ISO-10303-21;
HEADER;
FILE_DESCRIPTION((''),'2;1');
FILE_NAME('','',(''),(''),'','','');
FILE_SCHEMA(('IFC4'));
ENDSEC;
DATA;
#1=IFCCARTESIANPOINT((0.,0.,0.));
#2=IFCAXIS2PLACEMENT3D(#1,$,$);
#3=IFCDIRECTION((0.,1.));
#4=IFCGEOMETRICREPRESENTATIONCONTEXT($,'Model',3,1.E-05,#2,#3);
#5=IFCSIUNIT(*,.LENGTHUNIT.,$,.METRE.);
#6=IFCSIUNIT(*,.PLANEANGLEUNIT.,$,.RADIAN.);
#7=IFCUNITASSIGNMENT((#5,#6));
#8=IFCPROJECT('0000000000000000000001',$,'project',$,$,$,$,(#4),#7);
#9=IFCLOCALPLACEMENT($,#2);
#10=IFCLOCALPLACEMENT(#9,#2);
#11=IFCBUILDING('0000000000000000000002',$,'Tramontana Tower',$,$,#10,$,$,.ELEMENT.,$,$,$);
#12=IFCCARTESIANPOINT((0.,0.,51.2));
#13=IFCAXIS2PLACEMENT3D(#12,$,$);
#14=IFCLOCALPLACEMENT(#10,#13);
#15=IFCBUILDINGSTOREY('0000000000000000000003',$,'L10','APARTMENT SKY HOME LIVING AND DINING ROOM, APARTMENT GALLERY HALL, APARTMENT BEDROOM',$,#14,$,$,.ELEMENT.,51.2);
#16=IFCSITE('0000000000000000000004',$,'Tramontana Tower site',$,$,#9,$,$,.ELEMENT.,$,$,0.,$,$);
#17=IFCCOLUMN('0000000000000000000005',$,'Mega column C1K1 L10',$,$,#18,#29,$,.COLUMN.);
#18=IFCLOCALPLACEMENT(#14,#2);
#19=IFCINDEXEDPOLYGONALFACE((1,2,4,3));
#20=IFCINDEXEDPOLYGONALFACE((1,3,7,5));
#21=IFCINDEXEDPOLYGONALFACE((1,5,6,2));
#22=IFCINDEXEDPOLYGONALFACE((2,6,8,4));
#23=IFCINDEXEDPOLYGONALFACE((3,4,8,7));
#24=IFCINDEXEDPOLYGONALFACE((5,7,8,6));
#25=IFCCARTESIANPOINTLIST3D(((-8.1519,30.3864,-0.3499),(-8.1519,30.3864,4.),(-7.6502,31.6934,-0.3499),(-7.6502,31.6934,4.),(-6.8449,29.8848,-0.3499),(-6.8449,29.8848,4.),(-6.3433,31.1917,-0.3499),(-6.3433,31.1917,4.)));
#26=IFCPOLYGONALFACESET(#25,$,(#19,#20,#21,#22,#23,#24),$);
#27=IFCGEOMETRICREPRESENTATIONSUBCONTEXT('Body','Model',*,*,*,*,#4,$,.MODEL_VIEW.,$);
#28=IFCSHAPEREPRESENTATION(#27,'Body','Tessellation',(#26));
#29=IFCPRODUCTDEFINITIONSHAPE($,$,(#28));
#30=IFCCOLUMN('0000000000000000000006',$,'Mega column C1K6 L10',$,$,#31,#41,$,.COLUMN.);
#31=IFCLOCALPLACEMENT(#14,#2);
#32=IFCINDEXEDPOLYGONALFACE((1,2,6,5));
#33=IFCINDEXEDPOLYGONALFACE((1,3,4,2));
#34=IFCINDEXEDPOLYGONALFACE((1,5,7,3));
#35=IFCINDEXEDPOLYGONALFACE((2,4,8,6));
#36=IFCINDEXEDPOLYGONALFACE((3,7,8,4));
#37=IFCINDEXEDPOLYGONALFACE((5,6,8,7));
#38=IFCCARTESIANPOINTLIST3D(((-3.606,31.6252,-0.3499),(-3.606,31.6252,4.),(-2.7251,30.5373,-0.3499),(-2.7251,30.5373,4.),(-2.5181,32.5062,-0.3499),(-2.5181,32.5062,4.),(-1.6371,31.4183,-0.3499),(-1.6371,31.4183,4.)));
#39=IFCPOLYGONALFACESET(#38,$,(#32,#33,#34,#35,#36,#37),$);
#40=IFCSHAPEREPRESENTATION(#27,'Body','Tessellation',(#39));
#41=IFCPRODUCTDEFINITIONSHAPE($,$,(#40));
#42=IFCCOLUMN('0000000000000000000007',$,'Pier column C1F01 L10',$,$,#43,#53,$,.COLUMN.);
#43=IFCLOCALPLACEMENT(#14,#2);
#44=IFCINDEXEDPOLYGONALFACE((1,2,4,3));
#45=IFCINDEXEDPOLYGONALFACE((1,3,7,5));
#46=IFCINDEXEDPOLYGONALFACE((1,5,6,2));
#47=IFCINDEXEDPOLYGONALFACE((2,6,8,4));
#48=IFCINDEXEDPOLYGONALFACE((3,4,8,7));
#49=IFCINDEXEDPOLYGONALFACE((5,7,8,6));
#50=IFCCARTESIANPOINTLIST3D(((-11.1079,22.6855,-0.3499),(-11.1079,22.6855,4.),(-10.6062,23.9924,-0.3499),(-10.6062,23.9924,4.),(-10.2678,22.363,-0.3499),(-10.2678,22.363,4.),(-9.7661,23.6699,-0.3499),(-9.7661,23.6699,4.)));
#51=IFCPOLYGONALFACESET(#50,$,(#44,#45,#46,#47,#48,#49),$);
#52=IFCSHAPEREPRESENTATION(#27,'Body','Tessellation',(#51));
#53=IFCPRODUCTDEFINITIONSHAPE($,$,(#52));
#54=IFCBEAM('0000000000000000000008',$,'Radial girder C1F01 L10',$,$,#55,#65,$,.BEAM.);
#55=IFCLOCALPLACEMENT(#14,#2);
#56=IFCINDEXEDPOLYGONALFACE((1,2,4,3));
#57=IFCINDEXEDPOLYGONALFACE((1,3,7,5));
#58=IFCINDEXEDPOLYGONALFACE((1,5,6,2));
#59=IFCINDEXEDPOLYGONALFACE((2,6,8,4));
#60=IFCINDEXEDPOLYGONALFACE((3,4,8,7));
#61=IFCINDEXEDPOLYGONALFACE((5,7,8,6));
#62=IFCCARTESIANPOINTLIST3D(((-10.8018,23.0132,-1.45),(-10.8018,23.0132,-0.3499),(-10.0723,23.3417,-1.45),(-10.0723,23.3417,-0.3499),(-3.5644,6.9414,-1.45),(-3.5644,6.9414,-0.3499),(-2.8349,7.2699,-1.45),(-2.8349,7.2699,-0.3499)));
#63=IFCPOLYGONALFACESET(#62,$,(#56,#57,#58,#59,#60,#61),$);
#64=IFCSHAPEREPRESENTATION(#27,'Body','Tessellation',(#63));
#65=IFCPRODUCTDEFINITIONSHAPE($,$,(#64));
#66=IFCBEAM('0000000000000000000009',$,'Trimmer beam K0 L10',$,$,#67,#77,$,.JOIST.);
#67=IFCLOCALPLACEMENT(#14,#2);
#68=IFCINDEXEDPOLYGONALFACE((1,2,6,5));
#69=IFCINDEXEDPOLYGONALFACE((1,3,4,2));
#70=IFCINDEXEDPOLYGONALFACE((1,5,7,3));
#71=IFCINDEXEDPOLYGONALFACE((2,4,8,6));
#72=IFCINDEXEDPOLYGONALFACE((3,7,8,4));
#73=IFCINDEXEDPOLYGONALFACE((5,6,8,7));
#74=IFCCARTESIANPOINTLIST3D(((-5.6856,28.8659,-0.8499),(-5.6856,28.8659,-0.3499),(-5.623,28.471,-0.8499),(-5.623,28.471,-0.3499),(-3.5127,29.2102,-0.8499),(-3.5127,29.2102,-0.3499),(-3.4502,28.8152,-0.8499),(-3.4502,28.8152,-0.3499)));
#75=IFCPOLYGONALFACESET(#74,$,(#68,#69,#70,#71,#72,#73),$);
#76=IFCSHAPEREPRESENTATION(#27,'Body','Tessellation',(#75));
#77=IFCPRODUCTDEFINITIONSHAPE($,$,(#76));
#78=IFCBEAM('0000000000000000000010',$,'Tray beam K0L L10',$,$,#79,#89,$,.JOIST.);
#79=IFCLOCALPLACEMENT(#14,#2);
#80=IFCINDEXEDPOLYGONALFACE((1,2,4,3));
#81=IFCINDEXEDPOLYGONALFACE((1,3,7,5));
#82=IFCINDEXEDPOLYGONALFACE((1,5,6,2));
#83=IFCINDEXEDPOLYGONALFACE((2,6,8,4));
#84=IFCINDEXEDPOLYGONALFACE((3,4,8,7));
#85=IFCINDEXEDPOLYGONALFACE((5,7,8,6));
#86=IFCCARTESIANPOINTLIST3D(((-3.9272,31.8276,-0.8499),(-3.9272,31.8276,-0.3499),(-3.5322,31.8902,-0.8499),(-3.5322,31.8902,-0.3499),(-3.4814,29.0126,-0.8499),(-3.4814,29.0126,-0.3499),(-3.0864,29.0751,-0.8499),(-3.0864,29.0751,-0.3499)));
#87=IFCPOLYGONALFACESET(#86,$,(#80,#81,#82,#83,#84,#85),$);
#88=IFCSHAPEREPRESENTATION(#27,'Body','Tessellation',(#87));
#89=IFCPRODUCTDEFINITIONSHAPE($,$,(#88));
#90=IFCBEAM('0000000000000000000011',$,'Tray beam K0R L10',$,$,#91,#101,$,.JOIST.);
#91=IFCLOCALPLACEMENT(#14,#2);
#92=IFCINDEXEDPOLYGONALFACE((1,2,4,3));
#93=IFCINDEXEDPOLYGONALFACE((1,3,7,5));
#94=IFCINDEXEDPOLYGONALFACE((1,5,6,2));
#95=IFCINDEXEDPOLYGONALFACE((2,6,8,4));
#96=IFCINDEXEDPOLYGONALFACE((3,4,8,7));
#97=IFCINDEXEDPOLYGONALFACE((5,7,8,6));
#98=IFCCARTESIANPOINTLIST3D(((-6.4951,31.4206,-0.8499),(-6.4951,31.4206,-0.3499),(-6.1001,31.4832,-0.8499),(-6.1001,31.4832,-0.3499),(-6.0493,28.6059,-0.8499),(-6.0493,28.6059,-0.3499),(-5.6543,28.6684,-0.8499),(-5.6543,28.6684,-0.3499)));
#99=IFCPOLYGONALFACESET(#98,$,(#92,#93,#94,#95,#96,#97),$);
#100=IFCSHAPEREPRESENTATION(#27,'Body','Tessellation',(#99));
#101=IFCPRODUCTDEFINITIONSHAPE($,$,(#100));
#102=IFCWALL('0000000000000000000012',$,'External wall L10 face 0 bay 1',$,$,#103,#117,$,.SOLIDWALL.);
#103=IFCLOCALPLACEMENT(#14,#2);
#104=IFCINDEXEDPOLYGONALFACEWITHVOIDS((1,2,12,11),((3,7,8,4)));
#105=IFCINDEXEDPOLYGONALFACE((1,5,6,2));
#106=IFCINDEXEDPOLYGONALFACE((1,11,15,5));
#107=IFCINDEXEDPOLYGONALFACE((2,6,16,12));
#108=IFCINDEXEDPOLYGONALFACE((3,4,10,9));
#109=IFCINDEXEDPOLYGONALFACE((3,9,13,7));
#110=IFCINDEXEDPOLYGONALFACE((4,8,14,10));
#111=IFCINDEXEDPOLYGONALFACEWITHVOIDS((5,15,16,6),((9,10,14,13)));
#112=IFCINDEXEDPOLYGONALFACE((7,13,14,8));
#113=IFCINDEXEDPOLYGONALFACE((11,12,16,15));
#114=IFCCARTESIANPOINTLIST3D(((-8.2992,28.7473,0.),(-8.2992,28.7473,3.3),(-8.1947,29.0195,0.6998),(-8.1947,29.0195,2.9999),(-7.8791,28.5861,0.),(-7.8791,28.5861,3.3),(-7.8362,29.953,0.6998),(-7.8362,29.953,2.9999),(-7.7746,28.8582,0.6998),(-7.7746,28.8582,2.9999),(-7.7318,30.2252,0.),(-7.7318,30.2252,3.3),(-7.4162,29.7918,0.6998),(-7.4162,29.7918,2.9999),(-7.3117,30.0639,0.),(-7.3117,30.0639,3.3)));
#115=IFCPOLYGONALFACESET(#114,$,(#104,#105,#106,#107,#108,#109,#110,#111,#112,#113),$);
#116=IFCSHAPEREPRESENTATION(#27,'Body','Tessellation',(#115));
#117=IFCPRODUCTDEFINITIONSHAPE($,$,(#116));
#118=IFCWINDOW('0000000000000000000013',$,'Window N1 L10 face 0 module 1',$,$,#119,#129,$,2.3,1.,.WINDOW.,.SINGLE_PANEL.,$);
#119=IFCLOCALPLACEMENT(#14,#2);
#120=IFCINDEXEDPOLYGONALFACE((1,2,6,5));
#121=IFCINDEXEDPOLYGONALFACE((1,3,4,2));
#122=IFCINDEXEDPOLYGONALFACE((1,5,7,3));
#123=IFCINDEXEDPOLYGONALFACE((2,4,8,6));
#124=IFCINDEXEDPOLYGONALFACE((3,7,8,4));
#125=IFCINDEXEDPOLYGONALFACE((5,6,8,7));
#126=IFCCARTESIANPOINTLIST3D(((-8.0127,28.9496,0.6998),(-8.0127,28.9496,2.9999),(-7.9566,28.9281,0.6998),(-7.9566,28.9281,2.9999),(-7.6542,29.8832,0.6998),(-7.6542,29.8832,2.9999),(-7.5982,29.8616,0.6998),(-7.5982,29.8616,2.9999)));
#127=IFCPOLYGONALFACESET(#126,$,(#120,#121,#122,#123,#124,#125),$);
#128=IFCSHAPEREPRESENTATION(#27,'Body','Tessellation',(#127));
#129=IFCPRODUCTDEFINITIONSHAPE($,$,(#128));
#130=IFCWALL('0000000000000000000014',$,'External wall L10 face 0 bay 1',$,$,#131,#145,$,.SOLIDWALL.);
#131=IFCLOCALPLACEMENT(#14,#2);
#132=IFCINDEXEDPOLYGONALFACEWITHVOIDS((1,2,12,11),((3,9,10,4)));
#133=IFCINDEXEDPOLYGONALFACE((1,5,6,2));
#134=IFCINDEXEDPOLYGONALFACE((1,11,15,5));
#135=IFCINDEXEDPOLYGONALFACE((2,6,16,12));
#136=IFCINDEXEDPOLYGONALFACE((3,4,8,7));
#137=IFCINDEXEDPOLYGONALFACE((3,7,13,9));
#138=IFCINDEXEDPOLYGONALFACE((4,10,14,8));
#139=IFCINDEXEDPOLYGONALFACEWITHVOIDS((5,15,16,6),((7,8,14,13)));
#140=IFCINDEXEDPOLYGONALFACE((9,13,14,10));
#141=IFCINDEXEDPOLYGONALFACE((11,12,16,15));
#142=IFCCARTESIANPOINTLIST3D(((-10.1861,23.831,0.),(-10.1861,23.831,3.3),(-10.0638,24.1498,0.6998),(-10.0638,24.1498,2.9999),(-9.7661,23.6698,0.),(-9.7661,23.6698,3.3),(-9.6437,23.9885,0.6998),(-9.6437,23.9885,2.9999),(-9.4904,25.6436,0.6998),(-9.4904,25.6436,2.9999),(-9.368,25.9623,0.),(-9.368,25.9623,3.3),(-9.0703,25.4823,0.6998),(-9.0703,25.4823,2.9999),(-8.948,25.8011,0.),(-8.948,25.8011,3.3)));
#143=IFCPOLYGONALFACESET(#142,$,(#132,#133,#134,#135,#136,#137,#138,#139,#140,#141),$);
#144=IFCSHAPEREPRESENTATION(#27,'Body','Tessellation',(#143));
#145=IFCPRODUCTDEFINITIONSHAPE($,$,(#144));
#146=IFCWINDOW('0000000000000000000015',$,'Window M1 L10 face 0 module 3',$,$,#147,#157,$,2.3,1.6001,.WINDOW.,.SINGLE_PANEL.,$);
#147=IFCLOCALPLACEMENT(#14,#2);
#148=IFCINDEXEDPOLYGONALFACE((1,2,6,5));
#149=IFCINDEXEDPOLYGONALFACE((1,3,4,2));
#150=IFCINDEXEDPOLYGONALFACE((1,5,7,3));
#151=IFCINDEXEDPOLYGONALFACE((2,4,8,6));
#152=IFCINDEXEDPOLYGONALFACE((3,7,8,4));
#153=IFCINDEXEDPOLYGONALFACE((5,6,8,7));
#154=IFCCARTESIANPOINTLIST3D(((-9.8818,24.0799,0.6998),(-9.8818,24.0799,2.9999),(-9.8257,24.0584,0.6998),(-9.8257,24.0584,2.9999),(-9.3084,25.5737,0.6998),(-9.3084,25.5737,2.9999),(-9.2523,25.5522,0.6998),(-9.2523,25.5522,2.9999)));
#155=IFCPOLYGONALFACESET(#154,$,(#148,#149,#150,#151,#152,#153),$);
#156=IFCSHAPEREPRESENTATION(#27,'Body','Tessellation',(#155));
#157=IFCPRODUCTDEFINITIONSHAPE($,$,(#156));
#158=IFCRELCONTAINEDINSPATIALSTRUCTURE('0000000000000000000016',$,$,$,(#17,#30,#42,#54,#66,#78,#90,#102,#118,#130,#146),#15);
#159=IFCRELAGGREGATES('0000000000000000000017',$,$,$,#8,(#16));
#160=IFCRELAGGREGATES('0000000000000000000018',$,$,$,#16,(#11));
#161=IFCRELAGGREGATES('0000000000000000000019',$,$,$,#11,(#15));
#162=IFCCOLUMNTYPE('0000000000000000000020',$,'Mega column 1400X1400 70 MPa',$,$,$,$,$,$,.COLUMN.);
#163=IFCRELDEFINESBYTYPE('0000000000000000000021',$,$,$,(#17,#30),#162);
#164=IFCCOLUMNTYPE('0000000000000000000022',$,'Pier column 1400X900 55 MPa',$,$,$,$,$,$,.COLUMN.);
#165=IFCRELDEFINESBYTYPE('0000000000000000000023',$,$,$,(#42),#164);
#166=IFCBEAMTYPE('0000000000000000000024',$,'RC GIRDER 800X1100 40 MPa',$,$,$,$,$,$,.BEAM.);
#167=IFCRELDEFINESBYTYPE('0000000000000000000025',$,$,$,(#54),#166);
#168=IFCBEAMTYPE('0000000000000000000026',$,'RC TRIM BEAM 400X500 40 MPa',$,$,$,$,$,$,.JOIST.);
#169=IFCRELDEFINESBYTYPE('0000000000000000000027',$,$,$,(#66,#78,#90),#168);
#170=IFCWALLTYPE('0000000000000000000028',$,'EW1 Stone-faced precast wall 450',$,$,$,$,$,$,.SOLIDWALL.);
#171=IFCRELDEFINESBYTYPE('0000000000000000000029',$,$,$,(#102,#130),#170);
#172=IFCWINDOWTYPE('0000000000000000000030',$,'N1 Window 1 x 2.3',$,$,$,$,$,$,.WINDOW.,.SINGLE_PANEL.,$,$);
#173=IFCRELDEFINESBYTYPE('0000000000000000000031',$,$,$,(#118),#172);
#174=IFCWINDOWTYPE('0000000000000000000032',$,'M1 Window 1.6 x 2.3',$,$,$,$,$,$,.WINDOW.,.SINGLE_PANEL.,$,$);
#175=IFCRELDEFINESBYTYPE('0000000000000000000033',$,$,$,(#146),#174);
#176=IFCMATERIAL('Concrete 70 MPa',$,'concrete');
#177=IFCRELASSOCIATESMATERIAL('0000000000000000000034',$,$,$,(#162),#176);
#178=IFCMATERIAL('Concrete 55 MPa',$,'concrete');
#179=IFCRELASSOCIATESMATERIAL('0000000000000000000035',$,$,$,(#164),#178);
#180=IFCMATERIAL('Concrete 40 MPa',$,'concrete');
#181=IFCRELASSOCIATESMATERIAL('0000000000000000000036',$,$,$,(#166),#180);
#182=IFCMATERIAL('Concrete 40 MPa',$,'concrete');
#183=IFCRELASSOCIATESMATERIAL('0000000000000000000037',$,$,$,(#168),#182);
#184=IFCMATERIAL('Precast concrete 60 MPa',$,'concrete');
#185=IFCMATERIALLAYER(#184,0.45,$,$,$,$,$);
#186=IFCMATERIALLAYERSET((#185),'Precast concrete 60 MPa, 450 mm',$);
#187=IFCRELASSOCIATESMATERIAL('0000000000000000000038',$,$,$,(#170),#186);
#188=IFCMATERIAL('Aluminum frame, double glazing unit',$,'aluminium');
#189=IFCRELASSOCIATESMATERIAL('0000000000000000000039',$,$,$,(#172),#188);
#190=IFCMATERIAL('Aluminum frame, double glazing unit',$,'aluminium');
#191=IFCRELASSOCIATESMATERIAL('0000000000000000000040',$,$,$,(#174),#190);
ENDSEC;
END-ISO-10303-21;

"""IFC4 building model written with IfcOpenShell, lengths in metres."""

from ifc_helpers import new_model, si_unit, direction, frame, frame_2d, origin, origin_2d, place, context, subcontext, project, spatial, rectangle, extrude, material, layer, layer_set, material_profile, profile_set, type_object, element, fill, save


model = new_model("IFC4")

# Units and contexts
model_context = context("Model", 3, precision=1e-05, world=origin(), true_north=direction((0.0, 1.0)))
body_context = subcontext(model_context, "Body", "Model", "MODEL_VIEW")
ifc_project = project(units=[si_unit("LENGTHUNIT", "METRE"), si_unit("PLANEANGLEUNIT", "RADIAN")], contexts=[model_context])

# Site, building, storey
site_placement = place(None, origin())
site = spatial("IfcSite", under=ifc_project, at=site_placement, Name="Tramontana Tower site", CompositionType="ELEMENT", RefElevation=0.0)
building_placement = place(site_placement, origin())
building = spatial("IfcBuilding", under=site, at=building_placement, Name="Tramontana Tower", CompositionType="ELEMENT")
storey_placement = place(building_placement, frame((0.0, 0.0, 51.2)))
storey = spatial("IfcBuildingStorey", under=building, at=storey_placement, Name="L10", Description="APARTMENT SKY HOME LIVING AND DINING ROOM, APARTMENT GALLERY HALL, APARTMENT BEDROOM", CompositionType="ELEMENT", Elevation=51.2)

# Columns
ifc_material_1 = material(Name="Concrete 70 MPa", Category="concrete")
ifc_material_profile_1 = material_profile(ifc_material_1, rectangle(XDim=1.3999, YDim=1.3999, at=origin_2d()), Name="Mega column 1400X1400 70 MPa")
ifc_profile_set_1 = profile_set([ifc_material_profile_1], Name="Concrete 70 MPa")
column_type_1 = type_object("IfcColumnType", Name="Mega column 1400X1400 70 MPa", PredefinedType="COLUMN", material=ifc_profile_set_1)
for number, where, z_axis, x_axis, name in (
    (1, (-7.2476, 30.7891, -0.3499), (0.0, 0.0, 1.0), (-0.358368, -0.93358, 0.0), "Mega column C1K1 L10"),
    (2, (-2.6216, 31.5217, -0.3499), (0.0, 0.0, 1.0), (-0.62932, 0.777146, 0.0), "Mega column C1K6 L10"),
):
    element("IfcColumn", number, at=place(storey_placement, frame(where, z_axis=z_axis, x_axis=x_axis)), inside=storey, type_object=column_type_1, Name=name, PredefinedType="COLUMN", context=body_context, shape_type="SweptSolid", body=[
        extrude(rectangle(XDim=1.3999, YDim=1.3999, at=origin_2d()), origin(), (0.0, 0.0, 1.0), 4.3499),
    ])
ifc_material_2 = material(Name="Concrete 55 MPa", Category="concrete")
ifc_material_profile_2 = material_profile(ifc_material_2, rectangle(XDim=1.3999, YDim=0.8999, at=origin_2d()), Name="Pier column 1400X900 55 MPa")
ifc_profile_set_2 = profile_set([ifc_material_profile_2], Name="Concrete 55 MPa")
column_type_2 = type_object("IfcColumnType", Name="Pier column 1400X900 55 MPa", PredefinedType="COLUMN", material=ifc_profile_set_2)
column_placement = place(storey_placement, frame((-10.437, 23.1777, -0.3499), z_axis=(0.0, 0.0, 1.0), x_axis=(-0.358368, -0.93358, 0.0)))
element("IfcColumn", 3, at=column_placement, inside=storey, type_object=column_type_2, Name="Pier column C1F01 L10", PredefinedType="COLUMN", context=body_context, shape_type="SweptSolid", body=[
    extrude(rectangle(XDim=1.3999, YDim=0.8999, at=origin_2d()), origin(), (0.0, 0.0, 1.0), 4.3499),
])

# Beams
ifc_material_3 = material(Name="Concrete 40 MPa", Category="concrete")
ifc_material_profile_3 = material_profile(ifc_material_3, rectangle(XDim=0.8, YDim=1.1001, at=origin_2d()), Name="RC GIRDER 800X1100 40 MPa")
ifc_profile_set_3 = profile_set([ifc_material_profile_3], Name="Concrete 40 MPa")
beam_type_1 = type_object("IfcBeamType", Name="RC GIRDER 800X1100 40 MPa", PredefinedType="BEAM", material=ifc_profile_set_3)
beam_1_placement = place(storey_placement, frame((-10.437, 23.1775, -0.8999), z_axis=(0.410601, -0.911815, 0.0), x_axis=(0.911815, 0.410601, 0.0)))
element("IfcBeam", 4, at=beam_1_placement, inside=storey, type_object=beam_type_1, Name="Radial girder C1F01 L10", PredefinedType="BEAM", context=body_context, shape_type="SweptSolid", body=[
    extrude(rectangle(XDim=0.8, YDim=1.1001, at=origin_2d()), origin(), (0.0, 0.0, 1.0), 17.6262),
])
ifc_material_4 = material(Name="Concrete 40 MPa", Category="concrete")
ifc_material_profile_4 = material_profile(ifc_material_4, rectangle(XDim=0.3999, YDim=0.5, at=origin_2d()), Name="RC TRIM BEAM 400X500 40 MPa")
ifc_profile_set_4 = profile_set([ifc_material_profile_4], Name="Concrete 40 MPa")
beam_type_2 = type_object("IfcBeamType", Name="RC TRIM BEAM 400X500 40 MPa", PredefinedType="JOIST", material=ifc_profile_set_4)
beam_2_placement = place(storey_placement, frame((-3.4814, 29.0127, -0.5999), z_axis=(-0.987682, -0.156475, 0.0), x_axis=(0.156475, -0.987682, 0.0)))
element("IfcBeam", 5, at=beam_2_placement, inside=storey, type_object=beam_type_2, Name="Trimmer beam K0 L10", PredefinedType="JOIST", context=body_context, shape_type="SweptSolid", body=[
    extrude(rectangle(XDim=0.3999, YDim=0.5, at=origin_2d()), origin(), (0.0, 0.0, 1.0), 2.2),
])
beam_3_placement = place(storey_placement, frame((-3.7297, 31.8589, -0.5999), z_axis=(0.15642, -0.987691, 0.0), x_axis=(0.987691, 0.15642, 0.0)))
element("IfcBeam", 6, at=beam_3_placement, inside=storey, type_object=beam_type_2, Name="Tray beam K0L L10", PredefinedType="JOIST", context=body_context, shape_type="SweptSolid", body=[
    extrude(rectangle(XDim=0.3999, YDim=0.5, at=origin_2d()), origin(), (0.0, 0.0, 1.0), 2.8501),
])
beam_4_placement = place(storey_placement, frame((-6.2976, 31.4519, -0.5999), z_axis=(0.156433, -0.987689, 0.0), x_axis=(0.987689, 0.156433, 0.0)))
element("IfcBeam", 7, at=beam_4_placement, inside=storey, type_object=beam_type_2, Name="Tray beam K0R L10", PredefinedType="JOIST", context=body_context, shape_type="SweptSolid", body=[
    extrude(rectangle(XDim=0.3999, YDim=0.5, at=origin_2d()), origin(), (0.0, 0.0, 1.0), 2.8499),
])

# Walls, openings, windows
ifc_material_5 = material(Name="Precast concrete 60 MPa", Category="concrete")
ifc_layer_1 = layer(ifc_material_5, 0.45)
ifc_layer_set_1 = layer_set([ifc_layer_1], Name="Precast concrete 60 MPa, 450 mm")
wall_type_1 = type_object("IfcWallType", Name="EW1 Stone-faced precast wall 450", PredefinedType="SOLIDWALL", material=ifc_layer_set_1)
wall_1_placement = place(storey_placement, frame((-7.5217, 30.1445, 0.0), z_axis=(0.0, 0.0, 1.0), x_axis=(-0.358431, -0.933556, 0.0)))
wall_1 = element("IfcWall", 8, at=wall_1_placement, inside=storey, type_object=wall_type_1, Name="External wall L10 face 0 bay 1", PredefinedType="SOLIDWALL", context=body_context, shape_type="SweptSolid", body=[
    extrude(rectangle(XDim=1.583, YDim=0.45, at=frame_2d((0.7915, 0.0))), origin(), (0.0, 0.0, 1.0), 3.3),
])
opening_1_placement = place(wall_1_placement, frame((0.2915, 0.0, 0.7)))
opening_1 = element("IfcOpeningElement", 9, at=opening_1_placement, cuts=wall_1, PredefinedType="OPENING", context=body_context, shape_type="SweptSolid", body=[
    extrude(rectangle(XDim=1.0, YDim=2.3, at=frame_2d((0.5, 1.1499))), frame((0.0, 0.2349, 0.0), z_axis=(0.0, -1.0, 0.0), x_axis=(1.0, 0.0, 0.0)), (0.0, 0.0, 1.0), 0.47),
])
ifc_material_6 = material(Name="Aluminum frame, double glazing unit", Category="aluminium")
window_type_1 = type_object("IfcWindowType", Name="N1 Window 1 x 2.3", PartitioningType="SINGLE_PANEL", PredefinedType="WINDOW", material=ifc_material_6)
window_1_placement = place(opening_1_placement, origin())
window_1 = element("IfcWindow", 10, at=window_1_placement, inside=storey, type_object=window_type_1, Name="Window N1 L10 face 0 module 1", OverallHeight=2.3, OverallWidth=1.0, PartitioningType="SINGLE_PANEL", PredefinedType="WINDOW", context=body_context, shape_type="SweptSolid", body=[
    extrude(rectangle(XDim=1.0, YDim=2.3, at=frame_2d((0.5, 1.1499))), frame((0.0, 0.03, 0.0), z_axis=(0.0, -1.0, 0.0), x_axis=(1.0, 0.0, 0.0)), (0.0, 0.0, 1.0), 0.0601),
])
fill(opening_1, window_1)
wall_2_placement = place(storey_placement, frame((-9.158, 25.8818, 0.0), z_axis=(0.0, 0.0, 1.0), x_axis=(-0.358356, -0.933585, 0.0)))
wall_2 = element("IfcWall", 11, at=wall_2_placement, inside=storey, type_object=wall_type_1, Name="External wall L10 face 0 bay 1", PredefinedType="SOLIDWALL", context=body_context, shape_type="SweptSolid", body=[
    extrude(rectangle(XDim=2.283, YDim=0.45, at=frame_2d((1.1416, 0.0))), origin(), (0.0, 0.0, 1.0), 3.3),
])
opening_2_placement = place(wall_2_placement, frame((0.3416, 0.0, 0.7)))
opening_2 = element("IfcOpeningElement", 12, at=opening_2_placement, cuts=wall_2, PredefinedType="OPENING", context=body_context, shape_type="SweptSolid", body=[
    extrude(rectangle(XDim=1.6001, YDim=2.3, at=frame_2d((0.8, 1.1499))), frame((0.0, 0.2349, 0.0), z_axis=(0.0, -1.0, 0.0), x_axis=(1.0, 0.0, 0.0)), (0.0, 0.0, 1.0), 0.47),
])
ifc_material_7 = material(Name="Aluminum frame, double glazing unit", Category="aluminium")
window_type_2 = type_object("IfcWindowType", Name="M1 Window 1.6 x 2.3", PartitioningType="SINGLE_PANEL", PredefinedType="WINDOW", material=ifc_material_7)
window_2_placement = place(opening_2_placement, origin())
window_2 = element("IfcWindow", 13, at=window_2_placement, inside=storey, type_object=window_type_2, Name="Window M1 L10 face 0 module 3", OverallHeight=2.3, OverallWidth=1.6001, PartitioningType="SINGLE_PANEL", PredefinedType="WINDOW", context=body_context, shape_type="SweptSolid", body=[
    extrude(rectangle(XDim=1.6001, YDim=2.3, at=frame_2d((0.8, 1.1499))), frame((0.0, 0.03, 0.0), z_axis=(0.0, -1.0, 0.0), x_axis=(1.0, 0.0, 0.0)), (0.0, 0.0, 1.0), 0.0601),
])
fill(opening_2, window_2)

save(model, "model.ifc")
